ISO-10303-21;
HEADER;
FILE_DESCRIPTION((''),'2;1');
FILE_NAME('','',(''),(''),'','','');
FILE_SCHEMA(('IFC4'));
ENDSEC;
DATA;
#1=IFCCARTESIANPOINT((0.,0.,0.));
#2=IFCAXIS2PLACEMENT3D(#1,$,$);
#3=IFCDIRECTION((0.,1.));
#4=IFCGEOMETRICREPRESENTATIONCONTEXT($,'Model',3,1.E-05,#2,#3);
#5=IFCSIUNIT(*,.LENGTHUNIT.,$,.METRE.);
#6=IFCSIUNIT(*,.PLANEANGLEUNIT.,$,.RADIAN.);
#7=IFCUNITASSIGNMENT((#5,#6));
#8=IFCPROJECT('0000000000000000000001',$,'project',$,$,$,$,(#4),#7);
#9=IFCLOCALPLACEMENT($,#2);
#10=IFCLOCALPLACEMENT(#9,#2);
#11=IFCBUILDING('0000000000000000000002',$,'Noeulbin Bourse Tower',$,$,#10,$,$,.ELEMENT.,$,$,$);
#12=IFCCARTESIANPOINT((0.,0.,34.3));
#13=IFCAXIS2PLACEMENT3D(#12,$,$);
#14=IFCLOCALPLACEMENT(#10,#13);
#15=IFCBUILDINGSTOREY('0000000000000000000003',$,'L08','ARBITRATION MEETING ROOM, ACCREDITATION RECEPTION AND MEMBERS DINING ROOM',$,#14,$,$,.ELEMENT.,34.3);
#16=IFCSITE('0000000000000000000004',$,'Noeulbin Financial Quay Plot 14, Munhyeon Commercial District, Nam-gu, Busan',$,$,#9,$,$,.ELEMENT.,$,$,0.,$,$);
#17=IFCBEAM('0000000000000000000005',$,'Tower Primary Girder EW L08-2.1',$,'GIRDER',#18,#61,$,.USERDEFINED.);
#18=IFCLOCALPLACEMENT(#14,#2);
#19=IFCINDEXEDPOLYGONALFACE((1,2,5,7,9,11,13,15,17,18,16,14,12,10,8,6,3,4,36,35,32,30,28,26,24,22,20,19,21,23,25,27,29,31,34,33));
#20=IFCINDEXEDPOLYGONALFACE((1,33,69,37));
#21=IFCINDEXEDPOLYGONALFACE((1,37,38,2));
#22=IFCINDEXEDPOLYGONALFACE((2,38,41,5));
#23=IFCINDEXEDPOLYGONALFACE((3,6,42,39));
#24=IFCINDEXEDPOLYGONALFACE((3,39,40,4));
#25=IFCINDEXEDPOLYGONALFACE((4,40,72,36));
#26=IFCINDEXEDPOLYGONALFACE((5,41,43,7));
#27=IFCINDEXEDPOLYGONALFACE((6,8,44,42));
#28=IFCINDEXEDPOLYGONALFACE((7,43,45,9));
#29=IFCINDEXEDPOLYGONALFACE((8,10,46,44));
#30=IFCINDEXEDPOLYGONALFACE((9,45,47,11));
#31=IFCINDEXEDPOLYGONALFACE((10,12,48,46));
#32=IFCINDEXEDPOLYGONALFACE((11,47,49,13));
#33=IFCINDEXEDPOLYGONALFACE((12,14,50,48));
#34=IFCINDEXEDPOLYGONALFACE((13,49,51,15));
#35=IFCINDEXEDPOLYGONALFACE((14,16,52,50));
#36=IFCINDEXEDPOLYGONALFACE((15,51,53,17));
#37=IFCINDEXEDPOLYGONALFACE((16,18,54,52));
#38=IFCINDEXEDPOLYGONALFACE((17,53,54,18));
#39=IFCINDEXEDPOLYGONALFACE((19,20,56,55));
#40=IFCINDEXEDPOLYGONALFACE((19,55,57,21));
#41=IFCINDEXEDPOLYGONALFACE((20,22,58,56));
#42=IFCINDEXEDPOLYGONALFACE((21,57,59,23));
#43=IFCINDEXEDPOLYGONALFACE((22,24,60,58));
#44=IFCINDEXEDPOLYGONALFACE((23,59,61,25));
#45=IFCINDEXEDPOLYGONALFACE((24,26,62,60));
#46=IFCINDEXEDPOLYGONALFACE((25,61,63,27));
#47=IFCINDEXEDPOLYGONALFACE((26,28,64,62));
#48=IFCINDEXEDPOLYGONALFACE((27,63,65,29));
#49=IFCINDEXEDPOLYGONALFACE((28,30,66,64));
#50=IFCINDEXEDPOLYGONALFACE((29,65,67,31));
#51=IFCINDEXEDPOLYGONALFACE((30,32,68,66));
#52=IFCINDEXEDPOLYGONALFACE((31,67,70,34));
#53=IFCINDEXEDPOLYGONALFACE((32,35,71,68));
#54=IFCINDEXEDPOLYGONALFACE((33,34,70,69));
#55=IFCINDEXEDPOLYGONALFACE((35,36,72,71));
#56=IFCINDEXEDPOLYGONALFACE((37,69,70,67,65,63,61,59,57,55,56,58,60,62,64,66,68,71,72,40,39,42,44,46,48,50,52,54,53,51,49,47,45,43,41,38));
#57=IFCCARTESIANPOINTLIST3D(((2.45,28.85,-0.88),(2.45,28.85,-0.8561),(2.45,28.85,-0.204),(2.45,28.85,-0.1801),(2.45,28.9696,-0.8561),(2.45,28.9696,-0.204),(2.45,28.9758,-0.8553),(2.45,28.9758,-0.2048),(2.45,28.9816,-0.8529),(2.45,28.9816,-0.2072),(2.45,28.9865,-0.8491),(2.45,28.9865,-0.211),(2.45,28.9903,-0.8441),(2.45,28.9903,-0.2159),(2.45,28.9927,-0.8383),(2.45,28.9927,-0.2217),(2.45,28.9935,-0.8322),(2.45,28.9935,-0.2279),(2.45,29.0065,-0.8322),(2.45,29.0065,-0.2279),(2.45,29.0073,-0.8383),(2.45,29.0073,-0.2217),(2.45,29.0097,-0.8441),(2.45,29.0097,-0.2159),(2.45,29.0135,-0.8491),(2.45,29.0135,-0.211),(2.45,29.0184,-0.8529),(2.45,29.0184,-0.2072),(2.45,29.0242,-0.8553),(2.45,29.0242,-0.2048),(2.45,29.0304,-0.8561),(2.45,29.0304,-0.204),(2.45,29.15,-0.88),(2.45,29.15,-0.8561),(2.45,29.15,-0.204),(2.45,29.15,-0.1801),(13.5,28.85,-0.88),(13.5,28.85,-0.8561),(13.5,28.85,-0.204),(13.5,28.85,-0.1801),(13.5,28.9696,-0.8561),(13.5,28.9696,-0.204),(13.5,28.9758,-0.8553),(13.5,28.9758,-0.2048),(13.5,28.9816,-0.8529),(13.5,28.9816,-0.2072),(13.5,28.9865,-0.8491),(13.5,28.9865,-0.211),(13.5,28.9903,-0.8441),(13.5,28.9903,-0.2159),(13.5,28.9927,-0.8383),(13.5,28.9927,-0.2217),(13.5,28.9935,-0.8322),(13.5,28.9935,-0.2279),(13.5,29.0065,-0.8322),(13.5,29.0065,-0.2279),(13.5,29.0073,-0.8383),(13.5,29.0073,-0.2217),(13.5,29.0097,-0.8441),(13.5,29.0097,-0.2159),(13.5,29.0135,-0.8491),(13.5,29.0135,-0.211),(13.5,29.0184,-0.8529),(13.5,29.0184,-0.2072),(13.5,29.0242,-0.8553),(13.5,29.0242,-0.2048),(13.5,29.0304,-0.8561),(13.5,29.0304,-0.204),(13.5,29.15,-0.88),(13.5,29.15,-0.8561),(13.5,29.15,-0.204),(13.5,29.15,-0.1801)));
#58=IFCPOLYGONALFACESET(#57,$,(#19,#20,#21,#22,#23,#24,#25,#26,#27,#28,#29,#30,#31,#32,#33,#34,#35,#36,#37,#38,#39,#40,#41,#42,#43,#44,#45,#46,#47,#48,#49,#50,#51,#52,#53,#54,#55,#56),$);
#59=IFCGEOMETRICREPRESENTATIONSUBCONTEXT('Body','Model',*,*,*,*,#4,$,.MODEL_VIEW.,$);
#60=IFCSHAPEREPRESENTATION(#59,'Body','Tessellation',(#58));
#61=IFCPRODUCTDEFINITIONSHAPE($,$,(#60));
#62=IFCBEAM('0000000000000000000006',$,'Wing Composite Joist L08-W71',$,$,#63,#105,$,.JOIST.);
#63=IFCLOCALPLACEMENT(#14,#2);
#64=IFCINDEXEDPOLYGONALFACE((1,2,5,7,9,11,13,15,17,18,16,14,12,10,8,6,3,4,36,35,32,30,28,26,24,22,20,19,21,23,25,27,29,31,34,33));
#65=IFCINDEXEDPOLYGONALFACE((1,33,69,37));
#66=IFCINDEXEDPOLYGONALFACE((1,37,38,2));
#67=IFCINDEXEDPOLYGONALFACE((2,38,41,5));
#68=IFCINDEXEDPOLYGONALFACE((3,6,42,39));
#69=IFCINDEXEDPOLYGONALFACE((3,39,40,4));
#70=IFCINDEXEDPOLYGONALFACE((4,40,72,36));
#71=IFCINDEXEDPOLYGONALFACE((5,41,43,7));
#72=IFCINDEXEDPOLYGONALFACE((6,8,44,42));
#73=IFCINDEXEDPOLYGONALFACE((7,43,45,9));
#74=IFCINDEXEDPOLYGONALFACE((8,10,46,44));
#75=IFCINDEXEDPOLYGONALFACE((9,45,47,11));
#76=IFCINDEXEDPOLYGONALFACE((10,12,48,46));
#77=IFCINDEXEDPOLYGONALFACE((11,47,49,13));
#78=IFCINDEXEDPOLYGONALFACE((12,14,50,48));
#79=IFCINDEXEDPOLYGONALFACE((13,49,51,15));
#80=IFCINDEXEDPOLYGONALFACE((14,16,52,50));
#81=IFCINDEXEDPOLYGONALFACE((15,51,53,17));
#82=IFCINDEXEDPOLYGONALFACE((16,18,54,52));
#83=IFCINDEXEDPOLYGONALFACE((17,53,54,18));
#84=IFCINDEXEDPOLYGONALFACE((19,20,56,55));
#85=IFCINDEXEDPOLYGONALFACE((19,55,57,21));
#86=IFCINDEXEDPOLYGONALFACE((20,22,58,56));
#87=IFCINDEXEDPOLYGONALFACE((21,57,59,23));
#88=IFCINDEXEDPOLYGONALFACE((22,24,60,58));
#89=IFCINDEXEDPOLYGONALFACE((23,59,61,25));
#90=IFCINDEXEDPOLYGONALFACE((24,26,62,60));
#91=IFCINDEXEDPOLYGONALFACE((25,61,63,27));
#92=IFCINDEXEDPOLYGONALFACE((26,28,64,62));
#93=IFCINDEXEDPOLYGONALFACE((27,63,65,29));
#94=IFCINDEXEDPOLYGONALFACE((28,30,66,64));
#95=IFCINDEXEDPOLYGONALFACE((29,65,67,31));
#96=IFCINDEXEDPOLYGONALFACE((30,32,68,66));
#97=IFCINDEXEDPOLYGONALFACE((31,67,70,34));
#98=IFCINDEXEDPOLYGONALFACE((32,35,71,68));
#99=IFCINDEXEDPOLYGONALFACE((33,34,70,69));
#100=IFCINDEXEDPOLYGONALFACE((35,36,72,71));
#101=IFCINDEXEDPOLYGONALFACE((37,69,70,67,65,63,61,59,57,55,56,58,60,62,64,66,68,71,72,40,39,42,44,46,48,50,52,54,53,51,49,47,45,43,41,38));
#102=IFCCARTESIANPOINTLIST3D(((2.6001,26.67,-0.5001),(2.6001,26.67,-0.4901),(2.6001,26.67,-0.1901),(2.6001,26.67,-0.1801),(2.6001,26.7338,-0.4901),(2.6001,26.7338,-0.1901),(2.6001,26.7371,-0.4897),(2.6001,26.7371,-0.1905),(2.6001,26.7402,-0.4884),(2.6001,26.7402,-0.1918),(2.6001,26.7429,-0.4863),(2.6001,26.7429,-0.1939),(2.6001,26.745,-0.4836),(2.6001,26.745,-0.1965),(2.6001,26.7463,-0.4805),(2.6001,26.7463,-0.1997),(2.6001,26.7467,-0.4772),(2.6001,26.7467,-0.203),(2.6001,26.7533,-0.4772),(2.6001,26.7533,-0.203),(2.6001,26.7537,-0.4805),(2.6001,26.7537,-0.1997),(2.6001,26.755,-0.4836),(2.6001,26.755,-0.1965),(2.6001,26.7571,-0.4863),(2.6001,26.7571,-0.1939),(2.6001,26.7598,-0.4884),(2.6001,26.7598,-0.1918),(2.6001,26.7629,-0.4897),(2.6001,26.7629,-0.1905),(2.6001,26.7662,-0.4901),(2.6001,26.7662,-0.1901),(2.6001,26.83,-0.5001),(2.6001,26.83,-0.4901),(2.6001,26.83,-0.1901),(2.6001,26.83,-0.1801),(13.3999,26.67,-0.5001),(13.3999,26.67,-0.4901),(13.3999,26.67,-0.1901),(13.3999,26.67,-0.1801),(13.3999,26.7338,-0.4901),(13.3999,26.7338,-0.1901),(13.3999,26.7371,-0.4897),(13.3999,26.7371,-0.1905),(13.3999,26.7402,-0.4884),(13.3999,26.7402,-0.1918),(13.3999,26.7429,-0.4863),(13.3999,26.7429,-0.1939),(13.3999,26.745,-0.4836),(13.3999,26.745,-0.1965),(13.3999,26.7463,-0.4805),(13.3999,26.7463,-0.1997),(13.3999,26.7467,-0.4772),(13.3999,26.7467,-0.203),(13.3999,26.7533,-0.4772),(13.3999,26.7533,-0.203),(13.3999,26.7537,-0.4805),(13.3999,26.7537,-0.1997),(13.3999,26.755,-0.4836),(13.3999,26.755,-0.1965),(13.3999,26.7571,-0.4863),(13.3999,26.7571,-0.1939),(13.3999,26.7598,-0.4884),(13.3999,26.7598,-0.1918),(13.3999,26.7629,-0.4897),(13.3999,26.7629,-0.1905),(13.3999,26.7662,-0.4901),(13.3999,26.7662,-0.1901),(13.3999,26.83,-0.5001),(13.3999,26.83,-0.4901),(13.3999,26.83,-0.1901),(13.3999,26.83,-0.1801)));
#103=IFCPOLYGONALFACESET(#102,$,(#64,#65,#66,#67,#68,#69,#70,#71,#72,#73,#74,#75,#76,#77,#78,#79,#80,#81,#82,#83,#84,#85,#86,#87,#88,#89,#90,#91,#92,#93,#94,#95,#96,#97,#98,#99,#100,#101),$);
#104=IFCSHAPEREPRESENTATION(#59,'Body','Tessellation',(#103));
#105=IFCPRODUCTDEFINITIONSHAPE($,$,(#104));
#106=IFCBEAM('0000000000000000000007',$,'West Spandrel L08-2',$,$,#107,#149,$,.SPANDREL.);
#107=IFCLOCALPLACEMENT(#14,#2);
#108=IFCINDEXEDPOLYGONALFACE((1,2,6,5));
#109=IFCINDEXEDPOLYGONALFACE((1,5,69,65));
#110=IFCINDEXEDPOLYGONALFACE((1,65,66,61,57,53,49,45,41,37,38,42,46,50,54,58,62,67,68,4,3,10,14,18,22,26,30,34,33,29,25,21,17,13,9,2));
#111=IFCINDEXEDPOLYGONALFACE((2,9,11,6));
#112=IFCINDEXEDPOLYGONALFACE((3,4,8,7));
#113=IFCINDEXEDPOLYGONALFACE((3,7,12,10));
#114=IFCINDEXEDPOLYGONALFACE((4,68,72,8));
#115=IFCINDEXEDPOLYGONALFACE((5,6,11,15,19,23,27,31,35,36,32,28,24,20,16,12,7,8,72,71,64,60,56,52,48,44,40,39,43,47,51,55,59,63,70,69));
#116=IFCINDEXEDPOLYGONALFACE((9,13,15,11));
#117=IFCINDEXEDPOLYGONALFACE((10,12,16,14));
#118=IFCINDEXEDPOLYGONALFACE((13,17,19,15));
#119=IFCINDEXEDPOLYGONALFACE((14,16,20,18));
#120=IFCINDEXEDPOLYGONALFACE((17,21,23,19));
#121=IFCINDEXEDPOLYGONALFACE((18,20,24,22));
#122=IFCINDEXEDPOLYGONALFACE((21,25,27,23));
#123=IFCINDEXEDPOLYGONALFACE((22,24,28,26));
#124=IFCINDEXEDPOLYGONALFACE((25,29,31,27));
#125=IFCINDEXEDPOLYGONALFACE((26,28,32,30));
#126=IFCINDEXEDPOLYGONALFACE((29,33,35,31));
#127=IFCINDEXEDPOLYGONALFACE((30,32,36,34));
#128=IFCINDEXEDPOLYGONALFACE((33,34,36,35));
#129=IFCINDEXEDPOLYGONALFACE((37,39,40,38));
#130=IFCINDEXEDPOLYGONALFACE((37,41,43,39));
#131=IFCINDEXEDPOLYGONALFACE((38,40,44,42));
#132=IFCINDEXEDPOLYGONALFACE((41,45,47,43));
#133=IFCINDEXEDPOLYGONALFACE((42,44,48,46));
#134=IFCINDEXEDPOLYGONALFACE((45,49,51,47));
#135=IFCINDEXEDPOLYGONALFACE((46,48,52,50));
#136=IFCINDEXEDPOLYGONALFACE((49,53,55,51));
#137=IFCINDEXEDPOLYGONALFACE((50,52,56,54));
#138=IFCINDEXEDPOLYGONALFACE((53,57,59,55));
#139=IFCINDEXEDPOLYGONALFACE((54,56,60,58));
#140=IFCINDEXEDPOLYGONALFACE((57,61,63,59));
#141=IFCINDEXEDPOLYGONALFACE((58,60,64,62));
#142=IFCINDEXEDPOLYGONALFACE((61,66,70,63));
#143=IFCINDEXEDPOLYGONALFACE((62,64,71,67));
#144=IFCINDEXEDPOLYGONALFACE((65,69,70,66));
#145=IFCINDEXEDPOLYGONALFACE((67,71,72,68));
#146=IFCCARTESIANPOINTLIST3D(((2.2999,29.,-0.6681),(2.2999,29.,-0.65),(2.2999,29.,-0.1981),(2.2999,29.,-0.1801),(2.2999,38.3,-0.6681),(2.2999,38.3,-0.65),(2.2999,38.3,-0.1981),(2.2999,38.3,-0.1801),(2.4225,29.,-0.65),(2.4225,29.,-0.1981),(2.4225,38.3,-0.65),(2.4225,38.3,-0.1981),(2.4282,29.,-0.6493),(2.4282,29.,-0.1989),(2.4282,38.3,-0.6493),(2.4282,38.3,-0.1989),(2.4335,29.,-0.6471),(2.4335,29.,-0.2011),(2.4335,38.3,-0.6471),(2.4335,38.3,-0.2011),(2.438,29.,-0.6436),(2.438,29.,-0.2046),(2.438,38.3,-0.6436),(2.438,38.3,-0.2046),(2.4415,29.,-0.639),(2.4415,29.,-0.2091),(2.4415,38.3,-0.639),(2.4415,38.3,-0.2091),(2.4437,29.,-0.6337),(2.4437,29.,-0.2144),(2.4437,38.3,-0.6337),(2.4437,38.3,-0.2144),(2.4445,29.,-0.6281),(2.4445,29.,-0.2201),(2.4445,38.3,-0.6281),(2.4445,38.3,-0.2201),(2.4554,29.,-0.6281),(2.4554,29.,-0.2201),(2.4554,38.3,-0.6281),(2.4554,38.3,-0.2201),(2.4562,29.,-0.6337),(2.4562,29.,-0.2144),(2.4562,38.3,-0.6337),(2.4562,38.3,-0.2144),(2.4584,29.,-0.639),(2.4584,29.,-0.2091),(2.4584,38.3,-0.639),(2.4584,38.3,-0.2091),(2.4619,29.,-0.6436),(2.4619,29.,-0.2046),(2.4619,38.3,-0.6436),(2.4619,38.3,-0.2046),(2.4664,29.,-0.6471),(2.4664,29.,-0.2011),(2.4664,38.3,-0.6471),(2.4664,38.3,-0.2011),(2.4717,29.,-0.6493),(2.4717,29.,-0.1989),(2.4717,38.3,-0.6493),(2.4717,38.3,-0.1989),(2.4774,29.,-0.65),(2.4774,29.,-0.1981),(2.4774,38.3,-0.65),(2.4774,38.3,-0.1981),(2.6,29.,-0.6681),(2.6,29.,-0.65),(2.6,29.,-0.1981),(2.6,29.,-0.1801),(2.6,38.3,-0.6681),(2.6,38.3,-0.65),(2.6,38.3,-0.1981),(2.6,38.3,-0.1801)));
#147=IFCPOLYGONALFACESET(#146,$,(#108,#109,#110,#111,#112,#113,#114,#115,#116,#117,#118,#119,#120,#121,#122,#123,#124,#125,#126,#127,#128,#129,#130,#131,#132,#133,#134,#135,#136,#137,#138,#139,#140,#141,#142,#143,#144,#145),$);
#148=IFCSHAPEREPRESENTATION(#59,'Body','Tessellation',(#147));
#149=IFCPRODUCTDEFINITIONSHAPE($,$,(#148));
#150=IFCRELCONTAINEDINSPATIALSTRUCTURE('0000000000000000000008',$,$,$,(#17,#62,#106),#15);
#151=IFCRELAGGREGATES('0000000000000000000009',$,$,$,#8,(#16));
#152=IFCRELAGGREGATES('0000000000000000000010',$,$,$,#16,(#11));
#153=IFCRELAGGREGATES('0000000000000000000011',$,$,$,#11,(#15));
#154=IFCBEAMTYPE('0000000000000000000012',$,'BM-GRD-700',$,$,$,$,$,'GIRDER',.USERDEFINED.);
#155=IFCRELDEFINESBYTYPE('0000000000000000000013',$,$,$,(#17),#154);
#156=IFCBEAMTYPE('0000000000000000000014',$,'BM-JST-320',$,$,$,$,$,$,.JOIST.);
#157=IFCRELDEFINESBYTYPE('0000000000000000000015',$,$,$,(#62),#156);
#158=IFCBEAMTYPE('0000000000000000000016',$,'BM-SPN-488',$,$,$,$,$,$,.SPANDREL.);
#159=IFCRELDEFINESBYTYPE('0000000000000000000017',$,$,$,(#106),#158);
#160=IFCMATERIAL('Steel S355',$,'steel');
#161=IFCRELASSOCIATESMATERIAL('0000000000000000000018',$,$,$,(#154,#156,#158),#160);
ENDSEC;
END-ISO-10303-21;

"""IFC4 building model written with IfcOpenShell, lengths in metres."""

from ifc_helpers import new_model, si_unit, direction, frame, origin, origin_2d, place, context, subcontext, project, spatial, i_section, extrude, material, material_profile, profile_set, type_object, element, save


model = new_model("IFC4")

# Units and contexts
model_context = context("Model", 3, precision=1e-05, world=origin(), true_north=direction((0.0, 1.0)))
body_context = subcontext(model_context, "Body", "Model", "MODEL_VIEW")
ifc_project = project(units=[si_unit("LENGTHUNIT", "METRE"), si_unit("PLANEANGLEUNIT", "RADIAN")], contexts=[model_context])

# Site, building, storey
site_placement = place(None, origin())
site = spatial("IfcSite", under=ifc_project, at=site_placement, Name="Noeulbin Financial Quay Plot 14, Munhyeon Commercial District, Nam-gu, Busan", CompositionType="ELEMENT", RefElevation=0.0)
building_placement = place(site_placement, origin())
building = spatial("IfcBuilding", under=site, at=building_placement, Name="Noeulbin Bourse Tower", CompositionType="ELEMENT")
storey_placement = place(building_placement, frame((0.0, 0.0, 34.3)))
storey = spatial("IfcBuildingStorey", under=building, at=storey_placement, Name="L08", Description="ARBITRATION MEETING ROOM, ACCREDITATION RECEPTION AND MEMBERS DINING ROOM", CompositionType="ELEMENT", Elevation=34.3)

# Beams
ifc_material_1 = material(Name="Steel S355", Category="steel")
ifc_material_profile_1 = material_profile(ifc_material_1, i_section(OverallWidth=0.3, OverallDepth=0.7, WebThickness=0.0129, FlangeThickness=0.0239, FilletRadius=0.0239, at=origin_2d()), Name="H-700x300x13x24", Category="LoadBearing")
ifc_profile_set_1 = profile_set([ifc_material_profile_1], Name="Steel S355")
beam_type_1 = type_object("IfcBeamType", Name="BM-GRD-700", ElementType="GIRDER", PredefinedType="USERDEFINED", material=ifc_profile_set_1)
beam_1_placement = place(storey_placement, frame((2.45, 29.0, -0.53), z_axis=(1.0, 0.0, 0.0), x_axis=(0.0, 1.0, 0.0)))
element("IfcBeam", 1, at=beam_1_placement, inside=storey, type_object=beam_type_1, Name="Tower Primary Girder EW L08-2.1", ObjectType="GIRDER", PredefinedType="USERDEFINED", context=body_context, shape_type="SweptSolid", body=[
    extrude(i_section(OverallWidth=0.3, OverallDepth=0.7, WebThickness=0.0129, FlangeThickness=0.0239, FilletRadius=0.0239, at=origin_2d()), origin(), (0.0, 0.0, 1.0), 11.05),
])
ifc_material_profile_2 = material_profile(ifc_material_1, i_section(OverallWidth=0.1599, OverallDepth=0.3201, WebThickness=0.0066, FlangeThickness=0.01, FilletRadius=0.0129, at=origin_2d()), Name="H-320x160x6.5x10", Category="LoadBearing")
ifc_profile_set_2 = profile_set([ifc_material_profile_2], Name="Steel S355")
beam_type_2 = type_object("IfcBeamType", Name="BM-JST-320", PredefinedType="JOIST", material=ifc_profile_set_2)
beam_2_placement = place(storey_placement, frame((2.6001, 26.75, -0.3401), z_axis=(1.0, 0.0, 0.0), x_axis=(0.0, 1.0, 0.0)))
element("IfcBeam", 2, at=beam_2_placement, inside=storey, type_object=beam_type_2, Name="Wing Composite Joist L08-W71", PredefinedType="JOIST", context=body_context, shape_type="SweptSolid", body=[
    extrude(i_section(OverallWidth=0.1599, OverallDepth=0.3201, WebThickness=0.0066, FlangeThickness=0.01, FilletRadius=0.0129, at=origin_2d()), origin(), (0.0, 0.0, 1.0), 10.7998),
])
ifc_material_profile_3 = material_profile(ifc_material_1, i_section(OverallWidth=0.3, OverallDepth=0.488, WebThickness=0.011, FlangeThickness=0.0181, FilletRadius=0.022, at=origin_2d()), Name="H-488x300x11x18", Category="LoadBearing")
ifc_profile_set_3 = profile_set([ifc_material_profile_3], Name="Steel S355")
beam_type_3 = type_object("IfcBeamType", Name="BM-SPN-488", PredefinedType="SPANDREL", material=ifc_profile_set_3)
beam_3_placement = place(storey_placement, frame((2.45, 29.0, -0.4241), z_axis=(0.0, 1.0, 0.0), x_axis=(-1.0, 0.0, 0.0)))
element("IfcBeam", 3, at=beam_3_placement, inside=storey, type_object=beam_type_3, Name="West Spandrel L08-2", PredefinedType="SPANDREL", context=body_context, shape_type="SweptSolid", body=[
    extrude(i_section(OverallWidth=0.3, OverallDepth=0.488, WebThickness=0.011, FlangeThickness=0.0181, FilletRadius=0.022, at=origin_2d()), origin(), (0.0, 0.0, 1.0), 9.3),
])

save(model, "model.ifc")
